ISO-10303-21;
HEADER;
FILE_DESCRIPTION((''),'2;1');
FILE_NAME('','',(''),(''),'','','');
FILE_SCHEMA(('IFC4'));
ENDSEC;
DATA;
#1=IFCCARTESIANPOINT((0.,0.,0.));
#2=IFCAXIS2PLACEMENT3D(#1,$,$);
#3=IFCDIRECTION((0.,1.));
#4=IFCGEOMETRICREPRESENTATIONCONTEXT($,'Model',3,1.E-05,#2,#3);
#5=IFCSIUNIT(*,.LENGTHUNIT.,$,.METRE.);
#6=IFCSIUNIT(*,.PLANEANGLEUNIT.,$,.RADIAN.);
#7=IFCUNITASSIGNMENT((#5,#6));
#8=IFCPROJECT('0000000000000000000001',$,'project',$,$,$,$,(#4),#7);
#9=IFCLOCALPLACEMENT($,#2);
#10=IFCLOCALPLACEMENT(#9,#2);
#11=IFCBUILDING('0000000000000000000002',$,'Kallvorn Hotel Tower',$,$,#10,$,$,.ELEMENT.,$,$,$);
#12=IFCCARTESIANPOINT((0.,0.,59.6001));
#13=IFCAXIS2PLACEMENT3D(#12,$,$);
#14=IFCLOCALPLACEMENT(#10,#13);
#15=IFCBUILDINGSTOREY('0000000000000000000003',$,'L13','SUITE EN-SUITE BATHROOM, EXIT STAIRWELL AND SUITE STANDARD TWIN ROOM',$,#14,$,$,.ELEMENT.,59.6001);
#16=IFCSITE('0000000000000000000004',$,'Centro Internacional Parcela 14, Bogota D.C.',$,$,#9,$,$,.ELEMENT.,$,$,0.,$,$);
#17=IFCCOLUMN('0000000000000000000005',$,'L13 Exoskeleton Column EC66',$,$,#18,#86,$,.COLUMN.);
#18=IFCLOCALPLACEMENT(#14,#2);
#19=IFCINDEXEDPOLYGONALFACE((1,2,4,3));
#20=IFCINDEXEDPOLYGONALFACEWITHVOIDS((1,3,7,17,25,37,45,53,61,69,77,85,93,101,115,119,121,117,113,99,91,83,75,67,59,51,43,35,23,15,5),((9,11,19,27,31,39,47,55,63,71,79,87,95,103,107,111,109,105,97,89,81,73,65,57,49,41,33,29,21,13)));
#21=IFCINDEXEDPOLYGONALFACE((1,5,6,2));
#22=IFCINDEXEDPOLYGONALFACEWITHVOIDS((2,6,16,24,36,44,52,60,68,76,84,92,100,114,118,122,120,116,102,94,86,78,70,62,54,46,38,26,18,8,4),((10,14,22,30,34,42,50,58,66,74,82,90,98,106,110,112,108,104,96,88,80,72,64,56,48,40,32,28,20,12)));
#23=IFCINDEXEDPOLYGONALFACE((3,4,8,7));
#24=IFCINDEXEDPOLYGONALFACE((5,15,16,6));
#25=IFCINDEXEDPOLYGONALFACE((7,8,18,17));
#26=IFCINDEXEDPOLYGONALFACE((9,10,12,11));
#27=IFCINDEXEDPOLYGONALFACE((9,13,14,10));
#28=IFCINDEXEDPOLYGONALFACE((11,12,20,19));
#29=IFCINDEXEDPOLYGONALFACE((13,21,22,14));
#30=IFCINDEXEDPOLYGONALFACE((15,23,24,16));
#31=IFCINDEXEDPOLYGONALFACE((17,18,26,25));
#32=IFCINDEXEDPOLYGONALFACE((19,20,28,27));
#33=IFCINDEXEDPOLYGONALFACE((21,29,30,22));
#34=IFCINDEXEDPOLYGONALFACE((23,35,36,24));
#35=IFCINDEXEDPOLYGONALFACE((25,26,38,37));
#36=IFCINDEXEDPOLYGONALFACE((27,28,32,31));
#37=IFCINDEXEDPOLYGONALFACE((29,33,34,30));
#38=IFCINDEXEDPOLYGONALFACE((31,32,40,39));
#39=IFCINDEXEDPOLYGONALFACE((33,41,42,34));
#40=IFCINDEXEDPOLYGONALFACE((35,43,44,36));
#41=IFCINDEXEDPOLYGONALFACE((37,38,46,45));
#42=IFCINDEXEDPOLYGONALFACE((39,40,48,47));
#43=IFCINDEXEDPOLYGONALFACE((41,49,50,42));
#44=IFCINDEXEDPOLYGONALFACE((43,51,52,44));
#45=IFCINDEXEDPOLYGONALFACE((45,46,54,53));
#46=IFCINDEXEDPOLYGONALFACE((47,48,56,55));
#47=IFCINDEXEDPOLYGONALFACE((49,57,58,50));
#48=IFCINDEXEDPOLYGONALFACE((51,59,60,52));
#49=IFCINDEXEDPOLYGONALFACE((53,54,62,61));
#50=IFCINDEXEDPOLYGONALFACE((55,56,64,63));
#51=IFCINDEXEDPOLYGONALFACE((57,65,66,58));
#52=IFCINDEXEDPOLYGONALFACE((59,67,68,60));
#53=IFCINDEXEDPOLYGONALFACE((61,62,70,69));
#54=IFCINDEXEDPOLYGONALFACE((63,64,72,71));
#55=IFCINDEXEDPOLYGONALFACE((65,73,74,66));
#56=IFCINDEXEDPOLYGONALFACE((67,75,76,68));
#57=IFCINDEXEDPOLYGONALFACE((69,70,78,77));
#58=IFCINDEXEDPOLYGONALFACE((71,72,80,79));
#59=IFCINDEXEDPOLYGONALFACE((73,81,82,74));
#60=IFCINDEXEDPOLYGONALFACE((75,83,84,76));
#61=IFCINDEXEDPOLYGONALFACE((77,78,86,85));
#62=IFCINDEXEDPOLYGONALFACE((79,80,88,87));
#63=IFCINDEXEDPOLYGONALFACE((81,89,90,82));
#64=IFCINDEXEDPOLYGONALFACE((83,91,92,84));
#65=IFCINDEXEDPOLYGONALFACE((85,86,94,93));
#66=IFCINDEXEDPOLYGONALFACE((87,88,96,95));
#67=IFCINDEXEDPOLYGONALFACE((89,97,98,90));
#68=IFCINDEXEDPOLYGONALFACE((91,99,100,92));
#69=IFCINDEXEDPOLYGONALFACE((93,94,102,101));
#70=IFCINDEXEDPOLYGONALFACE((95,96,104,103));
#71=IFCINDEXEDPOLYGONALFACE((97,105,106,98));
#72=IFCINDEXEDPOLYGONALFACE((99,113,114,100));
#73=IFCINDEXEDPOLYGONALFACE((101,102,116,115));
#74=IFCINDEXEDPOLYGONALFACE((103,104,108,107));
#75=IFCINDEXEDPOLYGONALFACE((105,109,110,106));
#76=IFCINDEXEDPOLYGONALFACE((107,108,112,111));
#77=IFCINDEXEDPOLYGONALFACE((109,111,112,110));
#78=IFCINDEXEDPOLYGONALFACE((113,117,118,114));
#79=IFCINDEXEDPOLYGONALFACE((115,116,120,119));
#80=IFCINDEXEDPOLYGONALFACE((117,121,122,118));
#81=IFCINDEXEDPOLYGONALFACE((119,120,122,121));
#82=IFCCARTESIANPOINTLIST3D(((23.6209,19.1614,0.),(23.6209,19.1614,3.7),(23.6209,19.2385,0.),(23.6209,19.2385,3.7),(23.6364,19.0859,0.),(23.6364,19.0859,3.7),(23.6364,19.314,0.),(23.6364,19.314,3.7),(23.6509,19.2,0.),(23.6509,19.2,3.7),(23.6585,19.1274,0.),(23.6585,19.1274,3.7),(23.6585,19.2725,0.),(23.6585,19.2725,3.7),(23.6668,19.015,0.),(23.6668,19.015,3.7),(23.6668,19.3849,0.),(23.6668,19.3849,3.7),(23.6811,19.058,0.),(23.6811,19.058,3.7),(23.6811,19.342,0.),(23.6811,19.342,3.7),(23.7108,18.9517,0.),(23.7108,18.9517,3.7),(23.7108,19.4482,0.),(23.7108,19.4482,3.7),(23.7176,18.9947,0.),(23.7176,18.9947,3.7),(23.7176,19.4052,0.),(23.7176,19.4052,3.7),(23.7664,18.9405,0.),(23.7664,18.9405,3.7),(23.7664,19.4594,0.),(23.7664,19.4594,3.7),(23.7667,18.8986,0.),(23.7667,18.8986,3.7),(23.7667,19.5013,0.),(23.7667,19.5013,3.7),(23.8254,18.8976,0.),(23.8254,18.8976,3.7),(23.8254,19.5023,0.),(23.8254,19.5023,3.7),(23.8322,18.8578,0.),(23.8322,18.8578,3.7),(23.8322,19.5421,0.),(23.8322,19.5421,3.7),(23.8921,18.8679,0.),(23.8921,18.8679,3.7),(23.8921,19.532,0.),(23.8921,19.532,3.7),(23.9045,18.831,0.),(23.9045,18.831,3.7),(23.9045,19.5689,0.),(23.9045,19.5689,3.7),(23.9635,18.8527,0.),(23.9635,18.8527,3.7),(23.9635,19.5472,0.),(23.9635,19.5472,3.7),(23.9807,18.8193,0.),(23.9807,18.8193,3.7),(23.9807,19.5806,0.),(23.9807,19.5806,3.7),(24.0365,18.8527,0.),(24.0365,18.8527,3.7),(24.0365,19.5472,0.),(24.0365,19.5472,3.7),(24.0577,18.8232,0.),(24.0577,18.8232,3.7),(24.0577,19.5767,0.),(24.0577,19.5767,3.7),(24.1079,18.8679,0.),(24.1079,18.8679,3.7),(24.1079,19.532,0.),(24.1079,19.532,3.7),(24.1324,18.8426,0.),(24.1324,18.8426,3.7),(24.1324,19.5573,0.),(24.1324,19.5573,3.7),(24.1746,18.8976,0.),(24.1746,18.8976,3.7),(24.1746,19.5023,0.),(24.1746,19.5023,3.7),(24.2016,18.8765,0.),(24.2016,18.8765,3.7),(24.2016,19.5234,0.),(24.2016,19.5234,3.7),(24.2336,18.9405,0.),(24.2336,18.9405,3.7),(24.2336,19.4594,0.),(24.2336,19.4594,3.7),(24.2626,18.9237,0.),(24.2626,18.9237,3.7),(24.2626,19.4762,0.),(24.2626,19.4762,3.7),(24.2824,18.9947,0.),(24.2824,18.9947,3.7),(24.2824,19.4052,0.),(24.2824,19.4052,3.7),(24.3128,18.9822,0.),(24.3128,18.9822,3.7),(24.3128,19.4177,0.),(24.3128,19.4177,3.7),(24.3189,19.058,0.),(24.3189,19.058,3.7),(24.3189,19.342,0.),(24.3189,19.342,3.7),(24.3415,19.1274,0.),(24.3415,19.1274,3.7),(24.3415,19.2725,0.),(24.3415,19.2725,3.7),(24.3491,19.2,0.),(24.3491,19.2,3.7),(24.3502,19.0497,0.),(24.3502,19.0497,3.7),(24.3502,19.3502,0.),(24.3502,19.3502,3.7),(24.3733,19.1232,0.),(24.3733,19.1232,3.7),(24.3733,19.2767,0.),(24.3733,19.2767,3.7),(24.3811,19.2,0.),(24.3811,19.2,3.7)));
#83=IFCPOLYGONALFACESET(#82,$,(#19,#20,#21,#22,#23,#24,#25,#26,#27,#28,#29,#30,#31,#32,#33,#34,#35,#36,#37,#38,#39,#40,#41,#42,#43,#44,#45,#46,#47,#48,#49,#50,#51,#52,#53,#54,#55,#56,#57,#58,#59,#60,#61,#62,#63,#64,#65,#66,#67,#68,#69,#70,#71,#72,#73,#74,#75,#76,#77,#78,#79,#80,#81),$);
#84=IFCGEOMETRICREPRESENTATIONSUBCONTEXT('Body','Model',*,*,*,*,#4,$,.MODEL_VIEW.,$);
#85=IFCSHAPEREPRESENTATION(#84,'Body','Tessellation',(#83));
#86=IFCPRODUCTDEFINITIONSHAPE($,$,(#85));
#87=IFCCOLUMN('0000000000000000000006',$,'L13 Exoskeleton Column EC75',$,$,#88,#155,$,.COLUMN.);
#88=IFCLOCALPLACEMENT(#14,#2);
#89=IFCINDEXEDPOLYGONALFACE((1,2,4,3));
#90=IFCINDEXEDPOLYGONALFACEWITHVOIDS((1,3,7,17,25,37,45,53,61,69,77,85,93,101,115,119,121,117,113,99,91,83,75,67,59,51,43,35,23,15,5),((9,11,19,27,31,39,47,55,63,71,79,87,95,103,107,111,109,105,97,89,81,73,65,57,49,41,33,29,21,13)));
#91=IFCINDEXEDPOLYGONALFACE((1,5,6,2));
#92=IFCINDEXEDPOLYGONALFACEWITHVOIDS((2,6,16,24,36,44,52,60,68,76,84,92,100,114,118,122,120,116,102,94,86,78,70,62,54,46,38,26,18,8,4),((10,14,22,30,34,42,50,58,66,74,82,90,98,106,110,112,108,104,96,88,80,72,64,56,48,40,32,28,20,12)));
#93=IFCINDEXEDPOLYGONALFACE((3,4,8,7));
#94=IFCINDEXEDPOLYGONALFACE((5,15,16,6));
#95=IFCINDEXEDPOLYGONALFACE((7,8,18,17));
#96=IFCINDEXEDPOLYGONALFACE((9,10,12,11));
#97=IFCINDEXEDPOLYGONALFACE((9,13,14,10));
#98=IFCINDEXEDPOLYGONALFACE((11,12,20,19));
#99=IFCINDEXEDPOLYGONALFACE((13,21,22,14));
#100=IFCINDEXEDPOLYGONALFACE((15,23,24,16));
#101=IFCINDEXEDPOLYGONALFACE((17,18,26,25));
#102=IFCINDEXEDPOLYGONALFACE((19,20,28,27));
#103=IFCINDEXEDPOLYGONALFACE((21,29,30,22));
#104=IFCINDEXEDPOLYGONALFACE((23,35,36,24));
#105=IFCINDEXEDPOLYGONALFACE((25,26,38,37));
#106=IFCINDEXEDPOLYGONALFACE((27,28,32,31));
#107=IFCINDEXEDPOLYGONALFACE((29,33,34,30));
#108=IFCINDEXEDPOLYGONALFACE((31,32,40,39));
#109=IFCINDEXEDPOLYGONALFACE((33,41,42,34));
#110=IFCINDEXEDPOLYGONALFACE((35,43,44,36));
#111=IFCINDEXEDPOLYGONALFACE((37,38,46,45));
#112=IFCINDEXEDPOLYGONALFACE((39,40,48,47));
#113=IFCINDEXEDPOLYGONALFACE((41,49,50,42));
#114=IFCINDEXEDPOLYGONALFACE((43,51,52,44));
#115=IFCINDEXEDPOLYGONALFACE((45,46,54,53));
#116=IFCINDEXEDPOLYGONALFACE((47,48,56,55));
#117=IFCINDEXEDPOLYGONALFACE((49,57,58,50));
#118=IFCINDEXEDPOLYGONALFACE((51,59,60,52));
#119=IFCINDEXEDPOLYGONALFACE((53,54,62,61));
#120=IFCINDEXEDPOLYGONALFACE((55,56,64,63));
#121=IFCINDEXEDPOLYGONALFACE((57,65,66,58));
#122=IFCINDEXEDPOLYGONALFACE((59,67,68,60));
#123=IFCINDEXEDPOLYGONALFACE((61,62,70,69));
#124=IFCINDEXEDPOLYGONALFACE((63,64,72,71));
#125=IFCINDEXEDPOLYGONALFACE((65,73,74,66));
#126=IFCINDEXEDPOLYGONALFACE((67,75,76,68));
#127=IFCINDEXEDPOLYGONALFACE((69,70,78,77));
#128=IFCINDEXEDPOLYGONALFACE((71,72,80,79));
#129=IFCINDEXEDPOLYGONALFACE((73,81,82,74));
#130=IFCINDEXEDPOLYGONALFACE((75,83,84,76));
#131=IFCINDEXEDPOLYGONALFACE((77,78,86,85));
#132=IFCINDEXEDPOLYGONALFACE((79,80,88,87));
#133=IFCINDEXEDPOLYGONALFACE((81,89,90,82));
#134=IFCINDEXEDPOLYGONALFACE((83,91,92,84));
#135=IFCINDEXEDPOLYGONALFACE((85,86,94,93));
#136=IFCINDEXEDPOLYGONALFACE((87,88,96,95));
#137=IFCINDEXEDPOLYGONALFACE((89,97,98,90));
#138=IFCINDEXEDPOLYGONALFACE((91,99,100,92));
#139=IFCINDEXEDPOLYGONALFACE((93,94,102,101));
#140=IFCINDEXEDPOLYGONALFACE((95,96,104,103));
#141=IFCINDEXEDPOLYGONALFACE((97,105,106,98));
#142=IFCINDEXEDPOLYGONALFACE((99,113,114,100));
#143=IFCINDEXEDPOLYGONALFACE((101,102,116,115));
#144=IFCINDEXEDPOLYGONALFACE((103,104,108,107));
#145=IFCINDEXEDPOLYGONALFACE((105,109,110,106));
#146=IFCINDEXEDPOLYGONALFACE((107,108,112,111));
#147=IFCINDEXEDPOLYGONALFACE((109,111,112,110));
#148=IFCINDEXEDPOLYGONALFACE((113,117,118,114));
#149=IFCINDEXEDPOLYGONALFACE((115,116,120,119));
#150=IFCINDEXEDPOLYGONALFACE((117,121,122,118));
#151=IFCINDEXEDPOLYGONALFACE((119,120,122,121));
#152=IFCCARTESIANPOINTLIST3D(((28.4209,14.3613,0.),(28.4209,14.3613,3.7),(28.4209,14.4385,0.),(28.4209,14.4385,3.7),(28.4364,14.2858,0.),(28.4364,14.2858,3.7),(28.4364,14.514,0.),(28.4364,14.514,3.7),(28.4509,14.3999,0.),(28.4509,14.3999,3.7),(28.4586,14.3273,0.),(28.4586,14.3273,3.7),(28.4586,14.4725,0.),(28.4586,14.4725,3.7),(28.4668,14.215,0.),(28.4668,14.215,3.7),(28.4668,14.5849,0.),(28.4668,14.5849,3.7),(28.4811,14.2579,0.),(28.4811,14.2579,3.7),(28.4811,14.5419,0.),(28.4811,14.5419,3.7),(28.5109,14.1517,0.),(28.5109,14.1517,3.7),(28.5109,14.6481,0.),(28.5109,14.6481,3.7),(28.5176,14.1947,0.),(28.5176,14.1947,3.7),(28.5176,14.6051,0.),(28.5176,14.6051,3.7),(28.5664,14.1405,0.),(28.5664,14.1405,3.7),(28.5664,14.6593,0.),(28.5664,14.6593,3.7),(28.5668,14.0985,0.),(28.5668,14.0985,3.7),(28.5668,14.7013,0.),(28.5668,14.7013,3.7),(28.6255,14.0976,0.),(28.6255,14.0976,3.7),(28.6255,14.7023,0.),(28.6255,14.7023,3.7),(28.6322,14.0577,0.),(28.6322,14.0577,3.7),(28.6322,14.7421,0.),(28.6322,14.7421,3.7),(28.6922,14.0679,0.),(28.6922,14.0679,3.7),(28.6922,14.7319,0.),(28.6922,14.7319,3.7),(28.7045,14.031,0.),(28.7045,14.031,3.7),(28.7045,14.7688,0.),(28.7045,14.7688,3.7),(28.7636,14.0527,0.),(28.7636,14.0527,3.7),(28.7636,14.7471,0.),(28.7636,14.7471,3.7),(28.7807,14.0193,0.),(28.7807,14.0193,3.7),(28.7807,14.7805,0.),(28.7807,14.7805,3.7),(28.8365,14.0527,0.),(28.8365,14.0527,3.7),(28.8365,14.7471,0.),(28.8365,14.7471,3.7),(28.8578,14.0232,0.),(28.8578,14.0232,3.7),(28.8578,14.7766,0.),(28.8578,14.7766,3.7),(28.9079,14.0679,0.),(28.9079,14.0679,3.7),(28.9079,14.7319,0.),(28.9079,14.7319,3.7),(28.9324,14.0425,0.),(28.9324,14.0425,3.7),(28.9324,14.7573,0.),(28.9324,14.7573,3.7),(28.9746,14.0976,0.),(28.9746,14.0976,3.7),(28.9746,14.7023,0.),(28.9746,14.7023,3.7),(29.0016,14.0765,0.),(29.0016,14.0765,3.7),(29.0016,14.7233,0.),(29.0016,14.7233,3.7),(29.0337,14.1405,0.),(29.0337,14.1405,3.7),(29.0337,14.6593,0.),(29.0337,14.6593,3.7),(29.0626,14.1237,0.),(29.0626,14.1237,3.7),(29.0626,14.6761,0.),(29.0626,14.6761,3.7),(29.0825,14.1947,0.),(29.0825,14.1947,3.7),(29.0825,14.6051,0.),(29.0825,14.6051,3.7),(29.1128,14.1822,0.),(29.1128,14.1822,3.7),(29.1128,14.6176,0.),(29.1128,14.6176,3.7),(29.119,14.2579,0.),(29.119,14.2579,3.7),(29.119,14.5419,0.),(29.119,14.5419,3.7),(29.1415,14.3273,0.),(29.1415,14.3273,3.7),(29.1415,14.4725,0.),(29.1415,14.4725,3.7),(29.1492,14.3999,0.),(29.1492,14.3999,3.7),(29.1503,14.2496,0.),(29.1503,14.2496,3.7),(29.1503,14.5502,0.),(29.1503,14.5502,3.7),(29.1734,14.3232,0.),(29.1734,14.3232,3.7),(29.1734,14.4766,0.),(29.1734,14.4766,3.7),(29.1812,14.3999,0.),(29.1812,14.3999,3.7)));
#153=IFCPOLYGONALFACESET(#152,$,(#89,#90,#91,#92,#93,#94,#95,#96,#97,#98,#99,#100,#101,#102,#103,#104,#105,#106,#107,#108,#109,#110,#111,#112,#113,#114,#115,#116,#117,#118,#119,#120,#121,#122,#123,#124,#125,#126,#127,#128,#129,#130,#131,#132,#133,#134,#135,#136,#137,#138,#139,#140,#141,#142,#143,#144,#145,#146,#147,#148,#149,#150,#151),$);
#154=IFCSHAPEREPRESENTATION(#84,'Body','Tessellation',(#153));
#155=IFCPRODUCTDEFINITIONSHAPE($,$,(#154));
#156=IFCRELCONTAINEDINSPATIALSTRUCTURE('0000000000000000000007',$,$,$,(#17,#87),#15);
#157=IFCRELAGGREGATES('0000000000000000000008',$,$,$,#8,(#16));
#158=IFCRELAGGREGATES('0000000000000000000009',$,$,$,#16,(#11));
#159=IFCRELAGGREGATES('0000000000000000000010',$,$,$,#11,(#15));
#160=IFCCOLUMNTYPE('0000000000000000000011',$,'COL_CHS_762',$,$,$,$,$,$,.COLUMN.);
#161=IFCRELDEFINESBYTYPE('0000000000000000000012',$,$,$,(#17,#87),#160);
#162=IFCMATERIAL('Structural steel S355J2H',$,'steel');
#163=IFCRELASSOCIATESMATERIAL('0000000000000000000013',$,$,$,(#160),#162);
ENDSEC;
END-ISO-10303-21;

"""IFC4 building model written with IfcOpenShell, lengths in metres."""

from ifc_helpers import new_model, si_unit, direction, frame, origin, origin_2d, place, context, subcontext, project, spatial, hollow_circle, extrude, material, material_profile, profile_set, type_object, element, save


model = new_model("IFC4")

# Units and contexts
model_context = context("Model", 3, precision=1e-05, world=origin(), true_north=direction((0.0, 1.0)))
body_context = subcontext(model_context, "Body", "Model", "MODEL_VIEW")
ifc_project = project(units=[si_unit("LENGTHUNIT", "METRE"), si_unit("PLANEANGLEUNIT", "RADIAN")], contexts=[model_context])

# Site, building, storey
site_placement = place(None, origin())
site = spatial("IfcSite", under=ifc_project, at=site_placement, Name="Centro Internacional Parcela 14, Bogota D.C.", CompositionType="ELEMENT", RefElevation=0.0)
building_placement = place(site_placement, origin())
building = spatial("IfcBuilding", under=site, at=building_placement, Name="Kallvorn Hotel Tower", CompositionType="ELEMENT")
storey_placement = place(building_placement, frame((0.0, 0.0, 59.6001)))
storey = spatial("IfcBuildingStorey", under=building, at=storey_placement, Name="L13", Description="SUITE EN-SUITE BATHROOM, EXIT STAIRWELL AND SUITE STANDARD TWIN ROOM", CompositionType="ELEMENT", Elevation=59.6001)

# Columns
ifc_material_1 = material(Name="Structural steel S355J2H", Category="steel")
ifc_material_profile_1 = material_profile(ifc_material_1, hollow_circle(Radius=0.3811, WallThickness=0.032, at=origin_2d()), Name="CHS 762x32")
ifc_profile_set_1 = profile_set([ifc_material_profile_1], Name="Structural steel S355J2H")
column_type_1 = type_object("IfcColumnType", Name="COL_CHS_762", PredefinedType="COLUMN", material=ifc_profile_set_1)
for number, where, z_axis, x_axis, name in (
    (1, (24.0, 19.2, 0.0), (0.0, 0.0, 1.0), (1.0, 0.0, 0.0), "L13 Exoskeleton Column EC66"),
    (2, (28.8, 14.3999, 0.0), (0.0, 0.0, 1.0), (1.0, 0.0, 0.0), "L13 Exoskeleton Column EC75"),
):
    element("IfcColumn", number, at=place(storey_placement, frame(where, z_axis=z_axis, x_axis=x_axis)), inside=storey, type_object=column_type_1, Name=name, PredefinedType="COLUMN", context=body_context, shape_type="SweptSolid", body=[
        extrude(hollow_circle(Radius=0.3811, WallThickness=0.032, at=origin_2d()), origin(), (0.0, 0.0, 1.0), 3.7),
    ])

save(model, "model.ifc")
